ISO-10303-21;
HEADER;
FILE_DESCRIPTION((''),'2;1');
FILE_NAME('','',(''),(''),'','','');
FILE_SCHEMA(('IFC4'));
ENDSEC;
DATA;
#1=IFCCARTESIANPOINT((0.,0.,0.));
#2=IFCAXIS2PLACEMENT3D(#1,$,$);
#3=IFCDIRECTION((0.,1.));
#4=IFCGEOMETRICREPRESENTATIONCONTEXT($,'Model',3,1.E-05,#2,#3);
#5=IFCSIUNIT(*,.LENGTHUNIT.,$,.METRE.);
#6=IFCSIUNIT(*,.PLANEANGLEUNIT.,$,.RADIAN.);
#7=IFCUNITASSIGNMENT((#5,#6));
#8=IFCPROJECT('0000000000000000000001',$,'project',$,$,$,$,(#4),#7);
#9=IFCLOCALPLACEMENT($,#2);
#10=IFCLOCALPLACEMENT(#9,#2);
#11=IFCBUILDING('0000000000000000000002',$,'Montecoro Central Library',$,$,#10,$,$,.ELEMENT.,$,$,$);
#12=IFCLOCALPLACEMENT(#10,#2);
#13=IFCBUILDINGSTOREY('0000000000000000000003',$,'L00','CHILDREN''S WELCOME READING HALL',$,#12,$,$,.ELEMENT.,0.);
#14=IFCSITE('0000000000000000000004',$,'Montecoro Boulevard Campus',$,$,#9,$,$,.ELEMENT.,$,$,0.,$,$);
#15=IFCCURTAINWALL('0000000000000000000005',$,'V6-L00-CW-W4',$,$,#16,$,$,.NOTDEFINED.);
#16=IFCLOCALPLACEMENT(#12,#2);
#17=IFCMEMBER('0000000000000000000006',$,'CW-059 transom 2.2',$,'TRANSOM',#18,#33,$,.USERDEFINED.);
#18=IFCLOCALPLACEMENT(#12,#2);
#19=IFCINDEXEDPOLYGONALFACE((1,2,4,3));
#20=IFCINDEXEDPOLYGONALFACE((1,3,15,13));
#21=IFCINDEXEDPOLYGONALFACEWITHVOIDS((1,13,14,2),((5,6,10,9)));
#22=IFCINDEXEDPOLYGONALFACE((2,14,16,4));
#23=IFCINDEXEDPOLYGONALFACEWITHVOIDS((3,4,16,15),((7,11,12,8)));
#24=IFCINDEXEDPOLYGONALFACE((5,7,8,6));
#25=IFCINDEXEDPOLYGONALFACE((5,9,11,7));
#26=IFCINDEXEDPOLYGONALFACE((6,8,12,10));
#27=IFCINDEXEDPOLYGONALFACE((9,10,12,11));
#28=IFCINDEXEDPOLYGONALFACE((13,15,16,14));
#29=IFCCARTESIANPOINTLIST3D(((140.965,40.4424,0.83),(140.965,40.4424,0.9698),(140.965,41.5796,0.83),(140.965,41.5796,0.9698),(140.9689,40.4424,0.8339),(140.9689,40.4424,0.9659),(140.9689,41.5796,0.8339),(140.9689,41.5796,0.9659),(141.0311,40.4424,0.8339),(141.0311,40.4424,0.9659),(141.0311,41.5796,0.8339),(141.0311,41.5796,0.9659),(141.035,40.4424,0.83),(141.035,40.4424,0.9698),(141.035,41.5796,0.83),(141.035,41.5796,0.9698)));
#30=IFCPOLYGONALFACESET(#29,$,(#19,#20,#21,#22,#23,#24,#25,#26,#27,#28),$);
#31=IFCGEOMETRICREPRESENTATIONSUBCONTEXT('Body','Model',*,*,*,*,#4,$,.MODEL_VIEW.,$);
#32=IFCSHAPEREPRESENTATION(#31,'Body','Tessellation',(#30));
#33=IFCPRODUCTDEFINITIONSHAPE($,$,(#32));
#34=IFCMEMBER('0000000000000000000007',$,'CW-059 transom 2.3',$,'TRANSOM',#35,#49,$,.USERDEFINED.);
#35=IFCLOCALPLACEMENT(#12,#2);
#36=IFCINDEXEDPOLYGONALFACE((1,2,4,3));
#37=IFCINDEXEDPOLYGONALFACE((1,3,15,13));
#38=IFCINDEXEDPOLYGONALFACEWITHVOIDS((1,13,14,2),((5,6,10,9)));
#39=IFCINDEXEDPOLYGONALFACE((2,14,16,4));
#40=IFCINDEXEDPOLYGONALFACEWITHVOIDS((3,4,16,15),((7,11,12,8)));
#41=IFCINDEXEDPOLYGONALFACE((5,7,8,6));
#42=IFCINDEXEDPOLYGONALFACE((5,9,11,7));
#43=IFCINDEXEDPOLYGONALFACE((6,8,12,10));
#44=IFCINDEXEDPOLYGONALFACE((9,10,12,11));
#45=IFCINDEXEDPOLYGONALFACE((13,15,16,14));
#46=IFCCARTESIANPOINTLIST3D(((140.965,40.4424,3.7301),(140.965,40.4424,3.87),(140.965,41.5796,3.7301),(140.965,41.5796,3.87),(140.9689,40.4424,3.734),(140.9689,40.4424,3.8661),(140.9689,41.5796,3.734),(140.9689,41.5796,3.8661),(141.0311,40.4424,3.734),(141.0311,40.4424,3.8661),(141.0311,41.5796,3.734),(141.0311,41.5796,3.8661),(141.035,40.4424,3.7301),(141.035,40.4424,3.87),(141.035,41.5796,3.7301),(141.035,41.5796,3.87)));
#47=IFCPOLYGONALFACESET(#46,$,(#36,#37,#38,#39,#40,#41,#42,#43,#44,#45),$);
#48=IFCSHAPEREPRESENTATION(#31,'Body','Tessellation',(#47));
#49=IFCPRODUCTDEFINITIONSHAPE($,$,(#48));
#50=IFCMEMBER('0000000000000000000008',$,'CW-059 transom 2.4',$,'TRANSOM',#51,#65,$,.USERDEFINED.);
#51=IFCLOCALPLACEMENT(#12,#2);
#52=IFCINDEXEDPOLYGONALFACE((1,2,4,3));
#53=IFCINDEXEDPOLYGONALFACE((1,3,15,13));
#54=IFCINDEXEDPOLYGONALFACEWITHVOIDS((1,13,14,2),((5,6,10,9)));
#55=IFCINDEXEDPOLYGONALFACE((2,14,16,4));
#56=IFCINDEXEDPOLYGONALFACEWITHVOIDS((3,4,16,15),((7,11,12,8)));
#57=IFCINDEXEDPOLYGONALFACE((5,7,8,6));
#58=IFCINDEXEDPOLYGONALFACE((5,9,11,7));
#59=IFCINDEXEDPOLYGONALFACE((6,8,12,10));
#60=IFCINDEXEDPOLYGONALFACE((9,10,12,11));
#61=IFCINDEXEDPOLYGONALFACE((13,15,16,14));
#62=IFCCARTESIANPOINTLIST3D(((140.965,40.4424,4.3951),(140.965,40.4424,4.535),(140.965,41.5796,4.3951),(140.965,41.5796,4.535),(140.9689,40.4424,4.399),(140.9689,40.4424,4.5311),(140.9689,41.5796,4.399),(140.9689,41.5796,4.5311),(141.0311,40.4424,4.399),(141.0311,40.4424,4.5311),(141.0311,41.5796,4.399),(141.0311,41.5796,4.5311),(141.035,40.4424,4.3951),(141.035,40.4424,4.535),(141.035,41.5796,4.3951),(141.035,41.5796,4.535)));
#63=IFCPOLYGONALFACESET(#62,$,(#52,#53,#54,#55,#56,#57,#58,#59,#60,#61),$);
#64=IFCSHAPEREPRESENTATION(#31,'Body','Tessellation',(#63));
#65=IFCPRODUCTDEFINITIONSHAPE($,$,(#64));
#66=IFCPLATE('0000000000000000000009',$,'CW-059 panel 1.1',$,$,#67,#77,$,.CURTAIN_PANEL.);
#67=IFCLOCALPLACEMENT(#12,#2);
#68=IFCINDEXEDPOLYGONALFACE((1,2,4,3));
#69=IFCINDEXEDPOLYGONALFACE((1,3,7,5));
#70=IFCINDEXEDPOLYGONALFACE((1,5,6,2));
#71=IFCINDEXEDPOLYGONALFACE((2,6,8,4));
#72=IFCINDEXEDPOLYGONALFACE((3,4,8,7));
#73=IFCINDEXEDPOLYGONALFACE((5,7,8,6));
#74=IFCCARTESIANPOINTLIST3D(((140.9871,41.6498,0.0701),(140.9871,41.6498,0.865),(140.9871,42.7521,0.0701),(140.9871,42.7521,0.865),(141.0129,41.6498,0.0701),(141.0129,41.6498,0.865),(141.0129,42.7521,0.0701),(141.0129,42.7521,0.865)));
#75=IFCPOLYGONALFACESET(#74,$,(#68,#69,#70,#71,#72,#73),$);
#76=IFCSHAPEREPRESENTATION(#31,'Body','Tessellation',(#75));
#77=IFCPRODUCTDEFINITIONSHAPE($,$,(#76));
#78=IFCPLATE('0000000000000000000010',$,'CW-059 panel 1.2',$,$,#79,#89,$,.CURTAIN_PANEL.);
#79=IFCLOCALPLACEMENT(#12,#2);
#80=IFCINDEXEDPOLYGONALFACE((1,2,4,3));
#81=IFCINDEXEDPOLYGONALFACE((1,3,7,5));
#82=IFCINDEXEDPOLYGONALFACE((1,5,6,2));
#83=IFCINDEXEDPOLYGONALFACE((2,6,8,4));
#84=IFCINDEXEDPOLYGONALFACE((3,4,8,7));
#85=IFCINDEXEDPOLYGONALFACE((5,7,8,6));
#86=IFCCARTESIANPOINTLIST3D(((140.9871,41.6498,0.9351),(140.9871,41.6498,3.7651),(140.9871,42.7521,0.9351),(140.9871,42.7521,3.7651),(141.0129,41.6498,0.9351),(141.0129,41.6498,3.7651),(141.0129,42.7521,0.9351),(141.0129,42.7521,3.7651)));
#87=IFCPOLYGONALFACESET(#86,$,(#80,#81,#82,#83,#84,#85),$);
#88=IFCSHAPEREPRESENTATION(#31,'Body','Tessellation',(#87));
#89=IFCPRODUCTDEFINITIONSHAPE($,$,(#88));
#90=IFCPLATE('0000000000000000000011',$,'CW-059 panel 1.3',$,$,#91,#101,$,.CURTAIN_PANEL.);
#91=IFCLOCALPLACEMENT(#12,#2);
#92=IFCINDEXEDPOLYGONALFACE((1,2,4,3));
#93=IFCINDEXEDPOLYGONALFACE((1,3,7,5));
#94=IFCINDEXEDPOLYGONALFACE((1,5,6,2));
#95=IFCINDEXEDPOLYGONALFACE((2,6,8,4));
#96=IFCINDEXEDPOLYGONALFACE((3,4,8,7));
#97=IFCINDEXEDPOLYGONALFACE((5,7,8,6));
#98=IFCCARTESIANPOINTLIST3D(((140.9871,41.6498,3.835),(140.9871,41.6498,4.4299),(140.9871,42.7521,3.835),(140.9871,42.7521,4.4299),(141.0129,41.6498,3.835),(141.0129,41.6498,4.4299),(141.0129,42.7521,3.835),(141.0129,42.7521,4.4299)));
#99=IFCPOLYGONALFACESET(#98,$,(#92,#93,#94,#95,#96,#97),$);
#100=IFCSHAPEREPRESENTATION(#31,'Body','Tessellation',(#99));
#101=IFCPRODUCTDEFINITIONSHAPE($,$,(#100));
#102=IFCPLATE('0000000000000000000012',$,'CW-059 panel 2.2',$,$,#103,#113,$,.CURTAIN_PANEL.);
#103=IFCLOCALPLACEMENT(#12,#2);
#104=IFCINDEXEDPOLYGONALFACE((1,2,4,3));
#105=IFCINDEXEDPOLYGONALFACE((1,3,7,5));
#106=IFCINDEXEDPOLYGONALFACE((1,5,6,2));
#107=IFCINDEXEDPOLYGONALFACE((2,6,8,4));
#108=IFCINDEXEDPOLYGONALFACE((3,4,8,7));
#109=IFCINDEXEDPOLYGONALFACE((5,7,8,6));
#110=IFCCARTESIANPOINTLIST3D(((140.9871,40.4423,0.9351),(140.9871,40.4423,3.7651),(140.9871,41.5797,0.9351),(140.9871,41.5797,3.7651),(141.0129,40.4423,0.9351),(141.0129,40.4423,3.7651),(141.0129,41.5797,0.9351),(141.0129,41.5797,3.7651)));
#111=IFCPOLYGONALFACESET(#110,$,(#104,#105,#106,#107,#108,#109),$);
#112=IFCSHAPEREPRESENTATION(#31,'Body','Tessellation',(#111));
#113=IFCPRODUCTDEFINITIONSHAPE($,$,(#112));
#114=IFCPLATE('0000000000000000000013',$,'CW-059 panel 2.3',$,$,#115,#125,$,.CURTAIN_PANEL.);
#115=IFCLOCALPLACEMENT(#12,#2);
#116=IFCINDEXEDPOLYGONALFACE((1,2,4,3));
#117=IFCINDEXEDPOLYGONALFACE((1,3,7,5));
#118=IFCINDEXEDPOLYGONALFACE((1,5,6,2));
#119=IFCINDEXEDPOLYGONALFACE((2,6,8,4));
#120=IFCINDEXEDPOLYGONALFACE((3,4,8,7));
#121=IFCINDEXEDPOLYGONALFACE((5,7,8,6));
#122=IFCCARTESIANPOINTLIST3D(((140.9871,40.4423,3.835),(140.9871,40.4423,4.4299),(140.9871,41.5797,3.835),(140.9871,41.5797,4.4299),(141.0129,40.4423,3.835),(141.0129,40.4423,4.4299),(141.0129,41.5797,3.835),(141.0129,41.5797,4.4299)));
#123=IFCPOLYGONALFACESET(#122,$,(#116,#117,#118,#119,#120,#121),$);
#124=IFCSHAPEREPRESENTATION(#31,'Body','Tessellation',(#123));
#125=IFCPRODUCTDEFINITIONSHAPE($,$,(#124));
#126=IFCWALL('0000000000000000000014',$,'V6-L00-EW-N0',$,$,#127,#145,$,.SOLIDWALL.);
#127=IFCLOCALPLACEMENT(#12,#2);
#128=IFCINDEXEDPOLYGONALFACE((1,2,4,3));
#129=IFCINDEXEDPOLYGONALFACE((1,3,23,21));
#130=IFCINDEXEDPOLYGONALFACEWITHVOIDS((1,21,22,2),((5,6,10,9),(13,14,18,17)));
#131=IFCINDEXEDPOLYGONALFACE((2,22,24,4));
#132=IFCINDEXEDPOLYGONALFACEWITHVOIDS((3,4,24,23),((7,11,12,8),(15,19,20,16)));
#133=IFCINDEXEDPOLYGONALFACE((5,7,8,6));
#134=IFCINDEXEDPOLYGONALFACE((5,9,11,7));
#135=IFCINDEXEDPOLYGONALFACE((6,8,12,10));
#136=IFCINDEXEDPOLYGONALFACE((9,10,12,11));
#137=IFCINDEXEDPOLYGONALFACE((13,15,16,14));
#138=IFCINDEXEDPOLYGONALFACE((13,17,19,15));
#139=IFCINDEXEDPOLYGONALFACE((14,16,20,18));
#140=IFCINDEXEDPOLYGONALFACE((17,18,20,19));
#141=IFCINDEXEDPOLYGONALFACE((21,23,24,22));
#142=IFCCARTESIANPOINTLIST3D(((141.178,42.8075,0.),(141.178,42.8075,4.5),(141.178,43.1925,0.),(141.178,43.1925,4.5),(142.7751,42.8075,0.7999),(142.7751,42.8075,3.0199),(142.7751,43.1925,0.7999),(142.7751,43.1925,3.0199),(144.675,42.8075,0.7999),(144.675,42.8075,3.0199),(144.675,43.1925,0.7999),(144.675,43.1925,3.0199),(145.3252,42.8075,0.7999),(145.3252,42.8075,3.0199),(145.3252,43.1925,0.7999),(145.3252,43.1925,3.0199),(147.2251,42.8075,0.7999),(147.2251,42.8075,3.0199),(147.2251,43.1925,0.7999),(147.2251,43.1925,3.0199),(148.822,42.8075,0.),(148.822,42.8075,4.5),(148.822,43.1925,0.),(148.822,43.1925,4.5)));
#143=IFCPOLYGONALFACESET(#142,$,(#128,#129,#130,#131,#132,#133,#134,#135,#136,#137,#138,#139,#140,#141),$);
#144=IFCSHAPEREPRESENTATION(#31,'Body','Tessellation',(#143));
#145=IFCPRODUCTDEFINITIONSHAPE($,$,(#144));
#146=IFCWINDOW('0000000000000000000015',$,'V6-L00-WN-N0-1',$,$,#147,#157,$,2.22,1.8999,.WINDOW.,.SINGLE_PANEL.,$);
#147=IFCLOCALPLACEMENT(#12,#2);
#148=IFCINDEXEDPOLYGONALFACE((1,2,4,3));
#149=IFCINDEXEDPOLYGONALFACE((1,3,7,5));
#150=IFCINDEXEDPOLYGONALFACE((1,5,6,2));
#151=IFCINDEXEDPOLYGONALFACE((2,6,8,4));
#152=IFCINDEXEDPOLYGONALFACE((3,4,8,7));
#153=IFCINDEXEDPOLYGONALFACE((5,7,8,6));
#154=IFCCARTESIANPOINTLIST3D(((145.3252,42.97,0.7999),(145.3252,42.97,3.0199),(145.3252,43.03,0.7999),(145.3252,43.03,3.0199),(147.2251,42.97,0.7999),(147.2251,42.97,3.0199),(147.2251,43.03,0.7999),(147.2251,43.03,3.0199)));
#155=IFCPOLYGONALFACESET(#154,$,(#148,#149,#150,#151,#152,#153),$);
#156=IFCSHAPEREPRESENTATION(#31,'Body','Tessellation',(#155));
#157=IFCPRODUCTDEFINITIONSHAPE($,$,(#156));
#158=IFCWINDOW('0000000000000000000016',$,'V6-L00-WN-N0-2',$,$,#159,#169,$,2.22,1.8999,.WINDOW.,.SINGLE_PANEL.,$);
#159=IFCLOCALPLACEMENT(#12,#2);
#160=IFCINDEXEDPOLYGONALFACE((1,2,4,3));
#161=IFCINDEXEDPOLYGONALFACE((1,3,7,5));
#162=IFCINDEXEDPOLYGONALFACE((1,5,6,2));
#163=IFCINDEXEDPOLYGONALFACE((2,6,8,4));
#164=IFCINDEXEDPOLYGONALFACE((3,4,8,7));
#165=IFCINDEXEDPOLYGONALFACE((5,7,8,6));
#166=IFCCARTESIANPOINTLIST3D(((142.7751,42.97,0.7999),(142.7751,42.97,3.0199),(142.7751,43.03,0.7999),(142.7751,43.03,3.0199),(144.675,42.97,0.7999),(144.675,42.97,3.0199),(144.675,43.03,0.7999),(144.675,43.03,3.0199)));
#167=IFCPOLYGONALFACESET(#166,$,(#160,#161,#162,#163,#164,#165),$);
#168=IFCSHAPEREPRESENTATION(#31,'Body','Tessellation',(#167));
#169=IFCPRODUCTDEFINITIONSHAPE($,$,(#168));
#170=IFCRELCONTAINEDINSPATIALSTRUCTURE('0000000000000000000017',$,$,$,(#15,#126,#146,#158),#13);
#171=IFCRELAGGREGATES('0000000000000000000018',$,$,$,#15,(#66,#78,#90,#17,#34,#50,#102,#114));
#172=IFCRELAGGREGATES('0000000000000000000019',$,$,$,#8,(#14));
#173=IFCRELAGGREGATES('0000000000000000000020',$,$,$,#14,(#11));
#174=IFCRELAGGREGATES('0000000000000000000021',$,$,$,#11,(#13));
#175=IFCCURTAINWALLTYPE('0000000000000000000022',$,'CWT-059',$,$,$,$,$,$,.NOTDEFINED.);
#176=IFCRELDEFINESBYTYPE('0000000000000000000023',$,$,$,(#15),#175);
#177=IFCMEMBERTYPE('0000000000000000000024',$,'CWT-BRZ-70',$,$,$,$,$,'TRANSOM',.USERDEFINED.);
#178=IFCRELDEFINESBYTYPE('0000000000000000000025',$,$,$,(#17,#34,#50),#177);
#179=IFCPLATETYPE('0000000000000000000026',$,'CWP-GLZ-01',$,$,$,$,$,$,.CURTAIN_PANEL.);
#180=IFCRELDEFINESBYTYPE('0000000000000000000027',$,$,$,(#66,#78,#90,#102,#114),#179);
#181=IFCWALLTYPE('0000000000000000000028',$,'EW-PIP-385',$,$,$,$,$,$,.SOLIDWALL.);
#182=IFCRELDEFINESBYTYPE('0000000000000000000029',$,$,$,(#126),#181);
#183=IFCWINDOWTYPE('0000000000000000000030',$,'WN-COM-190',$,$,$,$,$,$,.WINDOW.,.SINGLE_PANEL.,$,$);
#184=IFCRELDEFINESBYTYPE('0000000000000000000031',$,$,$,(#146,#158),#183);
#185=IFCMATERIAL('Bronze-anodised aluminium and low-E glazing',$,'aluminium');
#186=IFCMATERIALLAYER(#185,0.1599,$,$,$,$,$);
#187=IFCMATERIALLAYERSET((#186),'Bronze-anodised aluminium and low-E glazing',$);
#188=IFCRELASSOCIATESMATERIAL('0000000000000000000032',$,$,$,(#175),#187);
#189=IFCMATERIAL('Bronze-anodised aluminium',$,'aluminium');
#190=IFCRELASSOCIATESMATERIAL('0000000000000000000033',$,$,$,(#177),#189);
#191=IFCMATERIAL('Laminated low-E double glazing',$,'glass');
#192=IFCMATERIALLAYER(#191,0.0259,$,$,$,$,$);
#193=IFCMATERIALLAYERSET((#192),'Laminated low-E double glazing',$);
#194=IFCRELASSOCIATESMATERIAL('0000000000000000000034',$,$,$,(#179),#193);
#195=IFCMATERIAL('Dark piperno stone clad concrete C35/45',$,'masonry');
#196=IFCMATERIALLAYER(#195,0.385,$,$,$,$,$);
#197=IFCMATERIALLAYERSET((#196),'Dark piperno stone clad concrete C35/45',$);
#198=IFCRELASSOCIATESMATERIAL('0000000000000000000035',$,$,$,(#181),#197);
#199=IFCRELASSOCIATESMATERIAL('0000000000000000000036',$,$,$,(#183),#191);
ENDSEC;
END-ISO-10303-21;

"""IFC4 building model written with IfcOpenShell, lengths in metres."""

from ifc_helpers import new_model, si_unit, direction, frame, frame_2d, origin, origin_2d, place, context, subcontext, project, spatial, rectangle, hollow_rectangle, extrude, material, layer, layer_set, material_profile, profile_set, type_object, element, fill, aggregate, save


model = new_model("IFC4")

# Units and contexts
model_context = context("Model", 3, precision=1e-05, world=origin(), true_north=direction((0.0, 1.0)))
body_context = subcontext(model_context, "Body", "Model", "MODEL_VIEW")
ifc_project = project(units=[si_unit("LENGTHUNIT", "METRE"), si_unit("PLANEANGLEUNIT", "RADIAN")], contexts=[model_context])

# Site, building, storey
site_placement = place(None, origin())
site = spatial("IfcSite", under=ifc_project, at=site_placement, Name="Montecoro Boulevard Campus", CompositionType="ELEMENT", RefElevation=0.0)
building_placement = place(site_placement, origin())
building = spatial("IfcBuilding", under=site, at=building_placement, Name="Montecoro Central Library", CompositionType="ELEMENT")
storey_placement = place(building_placement, origin())
storey = spatial("IfcBuildingStorey", under=building, at=storey_placement, Name="L00", Description="CHILDREN'S WELCOME READING HALL", CompositionType="ELEMENT", Elevation=0.0)

# Curtain wall, members, plates
ifc_material_1 = material(Name="Bronze-anodised aluminium and low-E glazing", Category="aluminium")
ifc_layer_1 = layer(ifc_material_1, 0.1599)
ifc_layer_set_1 = layer_set([ifc_layer_1], Name="Bronze-anodised aluminium and low-E glazing")
curtain_wall_type = type_object("IfcCurtainWallType", Name="CWT-059", PredefinedType="NOTDEFINED", material=ifc_layer_set_1)
curtain_wall_placement = place(storey_placement, origin())
curtain_wall = element("IfcCurtainWall", 1, at=curtain_wall_placement, inside=storey, type_object=curtain_wall_type, Name="V6-L00-CW-W4", PredefinedType="NOTDEFINED")
ifc_material_2 = material(Name="Bronze-anodised aluminium", Category="aluminium")
ifc_material_profile_1 = material_profile(ifc_material_2, hollow_rectangle(XDim=0.0701, YDim=0.1399, WallThickness=0.0039, at=origin_2d()), Name="CWT 140x70x4.0")
ifc_profile_set_1 = profile_set([ifc_material_profile_1], Name="Bronze-anodised aluminium")
member_type_1 = type_object("IfcMemberType", Name="CWT-BRZ-70", ElementType="TRANSOM", PredefinedType="USERDEFINED", material=ifc_profile_set_1)
member_1_placement = place(storey_placement, frame((141.0, 41.5796, 0.8999), z_axis=(0.0, -1.0, 0.0), x_axis=(1.0, 0.0, 0.0)))
member_1 = element("IfcMember", 2, at=member_1_placement, type_object=member_type_1, Name="CW-059 transom 2.2", ObjectType="TRANSOM", PredefinedType="USERDEFINED", context=body_context, shape_type="SweptSolid", body=[
    extrude(hollow_rectangle(XDim=0.0701, YDim=0.1399, WallThickness=0.0039, at=origin_2d()), origin(), (0.0, 0.0, 1.0), 1.1372),
])
member_2_placement = place(storey_placement, frame((141.0, 41.5796, 3.8), z_axis=(0.0, -1.0, 0.0), x_axis=(1.0, 0.0, 0.0)))
member_2 = element("IfcMember", 3, at=member_2_placement, type_object=member_type_1, Name="CW-059 transom 2.3", ObjectType="TRANSOM", PredefinedType="USERDEFINED", context=body_context, shape_type="SweptSolid", body=[
    extrude(hollow_rectangle(XDim=0.0701, YDim=0.1399, WallThickness=0.0039, at=origin_2d()), origin(), (0.0, 0.0, 1.0), 1.1372),
])
member_3_placement = place(storey_placement, frame((141.0, 41.5796, 4.4651), z_axis=(0.0, -1.0, 0.0), x_axis=(1.0, 0.0, 0.0)))
member_3 = element("IfcMember", 4, at=member_3_placement, type_object=member_type_1, Name="CW-059 transom 2.4", ObjectType="TRANSOM", PredefinedType="USERDEFINED", context=body_context, shape_type="SweptSolid", body=[
    extrude(hollow_rectangle(XDim=0.0701, YDim=0.1399, WallThickness=0.0039, at=origin_2d()), origin(), (0.0, 0.0, 1.0), 1.1372),
])
ifc_material_3 = material(Name="Laminated low-E double glazing", Category="glass")
ifc_layer_2 = layer(ifc_material_3, 0.0259)
ifc_layer_set_2 = layer_set([ifc_layer_2], Name="Laminated low-E double glazing")
plate_type = type_object("IfcPlateType", Name="CWP-GLZ-01", PredefinedType="CURTAIN_PANEL", material=ifc_layer_set_2)
plate_1_placement = place(storey_placement, frame((141.0, 42.2009, 0.0701), z_axis=(0.0, 0.0, 1.0), x_axis=(0.0, -1.0, 0.0)))
plate_1 = element("IfcPlate", 5, at=plate_1_placement, type_object=plate_type, Name="CW-059 panel 1.1", PredefinedType="CURTAIN_PANEL", context=body_context, shape_type="SweptSolid", body=[
    extrude(rectangle(XDim=1.1023, YDim=0.0259, at=origin_2d()), origin(), (0.0, 0.0, 1.0), 0.7949),
])
plate_2_placement = place(storey_placement, frame((141.0, 42.2009, 0.9351), z_axis=(0.0, 0.0, 1.0), x_axis=(0.0, -1.0, 0.0)))
plate_2 = element("IfcPlate", 6, at=plate_2_placement, type_object=plate_type, Name="CW-059 panel 1.2", PredefinedType="CURTAIN_PANEL", context=body_context, shape_type="SweptSolid", body=[
    extrude(rectangle(XDim=1.1023, YDim=0.0259, at=origin_2d()), origin(), (0.0, 0.0, 1.0), 2.8301),
])
plate_3_placement = place(storey_placement, frame((141.0, 42.2009, 3.835), z_axis=(0.0, 0.0, 1.0), x_axis=(0.0, -1.0, 0.0)))
plate_3 = element("IfcPlate", 7, at=plate_3_placement, type_object=plate_type, Name="CW-059 panel 1.3", PredefinedType="CURTAIN_PANEL", context=body_context, shape_type="SweptSolid", body=[
    extrude(rectangle(XDim=1.1023, YDim=0.0259, at=origin_2d()), origin(), (0.0, 0.0, 1.0), 0.595),
])
plate_4_placement = place(storey_placement, frame((141.0, 41.011, 0.9351), z_axis=(0.0, 0.0, 1.0), x_axis=(0.0, -1.0, 0.0)))
plate_4 = element("IfcPlate", 8, at=plate_4_placement, type_object=plate_type, Name="CW-059 panel 2.2", PredefinedType="CURTAIN_PANEL", context=body_context, shape_type="SweptSolid", body=[
    extrude(rectangle(XDim=1.1375, YDim=0.0259, at=origin_2d()), origin(), (0.0, 0.0, 1.0), 2.8301),
])
plate_5_placement = place(storey_placement, frame((141.0, 41.011, 3.835), z_axis=(0.0, 0.0, 1.0), x_axis=(0.0, -1.0, 0.0)))
plate_5 = element("IfcPlate", 9, at=plate_5_placement, type_object=plate_type, Name="CW-059 panel 2.3", PredefinedType="CURTAIN_PANEL", context=body_context, shape_type="SweptSolid", body=[
    extrude(rectangle(XDim=1.1375, YDim=0.0259, at=origin_2d()), origin(), (0.0, 0.0, 1.0), 0.595),
])
aggregate(curtain_wall, [plate_1, plate_2, plate_3, member_1, member_2, member_3, plate_4, plate_5])

# Wall, openings, windows
ifc_material_4 = material(Name="Dark piperno stone clad concrete C35/45", Category="masonry")
ifc_layer_3 = layer(ifc_material_4, 0.385)
ifc_layer_set_3 = layer_set([ifc_layer_3], Name="Dark piperno stone clad concrete C35/45")
wall_type_1 = type_object("IfcWallType", Name="EW-PIP-385", PredefinedType="SOLIDWALL", material=ifc_layer_set_3)
wall_1_placement = place(storey_placement, frame((148.822, 43.0, 0.0), z_axis=(0.0, 0.0, 1.0), x_axis=(-1.0, 0.0, 0.0)))
wall_1 = element("IfcWall", 10, at=wall_1_placement, inside=storey, type_object=wall_type_1, Name="V6-L00-EW-N0", PredefinedType="SOLIDWALL", context=body_context, shape_type="SweptSolid", body=[
    extrude(rectangle(XDim=7.644, YDim=0.385, at=frame_2d((3.822, 0.0))), origin(), (0.0, 0.0, 1.0), 4.5),
])
opening_1_placement = place(wall_1_placement, frame((1.5969, 0.0, 0.8)))
opening_1 = element("IfcOpeningElement", 11, at=opening_1_placement, cuts=wall_1, PredefinedType="OPENING", context=body_context, shape_type="SweptSolid", body=[
    extrude(rectangle(XDim=1.8999, YDim=2.22, at=frame_2d((0.95, 1.1099))), frame((0.0, 0.2024, 0.0), z_axis=(0.0, -1.0, 0.0), x_axis=(1.0, 0.0, 0.0)), (0.0, 0.0, 1.0), 0.405),
])
opening_2_placement = place(wall_1_placement, frame((4.147, 0.0, 0.8)))
opening_2 = element("IfcOpeningElement", 12, at=opening_2_placement, cuts=wall_1, PredefinedType="OPENING", context=body_context, shape_type="SweptSolid", body=[
    extrude(rectangle(XDim=1.8999, YDim=2.22, at=frame_2d((0.95, 1.1099))), frame((0.0, 0.2024, 0.0), z_axis=(0.0, -1.0, 0.0), x_axis=(1.0, 0.0, 0.0)), (0.0, 0.0, 1.0), 0.405),
])
window_type = type_object("IfcWindowType", Name="WN-COM-190", PartitioningType="SINGLE_PANEL", PredefinedType="WINDOW", material=ifc_material_3)
window_1_placement = place(opening_1_placement, origin())
window_1 = element("IfcWindow", 13, at=window_1_placement, inside=storey, type_object=window_type, Name="V6-L00-WN-N0-1", OverallHeight=2.22, OverallWidth=1.8999, PartitioningType="SINGLE_PANEL", PredefinedType="WINDOW", context=body_context, shape_type="SweptSolid", body=[
    extrude(rectangle(XDim=1.8999, YDim=2.22, at=frame_2d((0.95, 1.1099))), frame((0.0, 0.03, 0.0), z_axis=(0.0, -1.0, 0.0), x_axis=(1.0, 0.0, 0.0)), (0.0, 0.0, 1.0), 0.0601),
])
fill(opening_1, window_1)
window_2_placement = place(opening_2_placement, origin())
window_2 = element("IfcWindow", 14, at=window_2_placement, inside=storey, type_object=window_type, Name="V6-L00-WN-N0-2", OverallHeight=2.22, OverallWidth=1.8999, PartitioningType="SINGLE_PANEL", PredefinedType="WINDOW", context=body_context, shape_type="SweptSolid", body=[
    extrude(rectangle(XDim=1.8999, YDim=2.22, at=frame_2d((0.95, 1.1099))), frame((0.0, 0.03, 0.0), z_axis=(0.0, -1.0, 0.0), x_axis=(1.0, 0.0, 0.0)), (0.0, 0.0, 1.0), 0.0601),
])
fill(opening_2, window_2)

save(model, "model.ifc")
